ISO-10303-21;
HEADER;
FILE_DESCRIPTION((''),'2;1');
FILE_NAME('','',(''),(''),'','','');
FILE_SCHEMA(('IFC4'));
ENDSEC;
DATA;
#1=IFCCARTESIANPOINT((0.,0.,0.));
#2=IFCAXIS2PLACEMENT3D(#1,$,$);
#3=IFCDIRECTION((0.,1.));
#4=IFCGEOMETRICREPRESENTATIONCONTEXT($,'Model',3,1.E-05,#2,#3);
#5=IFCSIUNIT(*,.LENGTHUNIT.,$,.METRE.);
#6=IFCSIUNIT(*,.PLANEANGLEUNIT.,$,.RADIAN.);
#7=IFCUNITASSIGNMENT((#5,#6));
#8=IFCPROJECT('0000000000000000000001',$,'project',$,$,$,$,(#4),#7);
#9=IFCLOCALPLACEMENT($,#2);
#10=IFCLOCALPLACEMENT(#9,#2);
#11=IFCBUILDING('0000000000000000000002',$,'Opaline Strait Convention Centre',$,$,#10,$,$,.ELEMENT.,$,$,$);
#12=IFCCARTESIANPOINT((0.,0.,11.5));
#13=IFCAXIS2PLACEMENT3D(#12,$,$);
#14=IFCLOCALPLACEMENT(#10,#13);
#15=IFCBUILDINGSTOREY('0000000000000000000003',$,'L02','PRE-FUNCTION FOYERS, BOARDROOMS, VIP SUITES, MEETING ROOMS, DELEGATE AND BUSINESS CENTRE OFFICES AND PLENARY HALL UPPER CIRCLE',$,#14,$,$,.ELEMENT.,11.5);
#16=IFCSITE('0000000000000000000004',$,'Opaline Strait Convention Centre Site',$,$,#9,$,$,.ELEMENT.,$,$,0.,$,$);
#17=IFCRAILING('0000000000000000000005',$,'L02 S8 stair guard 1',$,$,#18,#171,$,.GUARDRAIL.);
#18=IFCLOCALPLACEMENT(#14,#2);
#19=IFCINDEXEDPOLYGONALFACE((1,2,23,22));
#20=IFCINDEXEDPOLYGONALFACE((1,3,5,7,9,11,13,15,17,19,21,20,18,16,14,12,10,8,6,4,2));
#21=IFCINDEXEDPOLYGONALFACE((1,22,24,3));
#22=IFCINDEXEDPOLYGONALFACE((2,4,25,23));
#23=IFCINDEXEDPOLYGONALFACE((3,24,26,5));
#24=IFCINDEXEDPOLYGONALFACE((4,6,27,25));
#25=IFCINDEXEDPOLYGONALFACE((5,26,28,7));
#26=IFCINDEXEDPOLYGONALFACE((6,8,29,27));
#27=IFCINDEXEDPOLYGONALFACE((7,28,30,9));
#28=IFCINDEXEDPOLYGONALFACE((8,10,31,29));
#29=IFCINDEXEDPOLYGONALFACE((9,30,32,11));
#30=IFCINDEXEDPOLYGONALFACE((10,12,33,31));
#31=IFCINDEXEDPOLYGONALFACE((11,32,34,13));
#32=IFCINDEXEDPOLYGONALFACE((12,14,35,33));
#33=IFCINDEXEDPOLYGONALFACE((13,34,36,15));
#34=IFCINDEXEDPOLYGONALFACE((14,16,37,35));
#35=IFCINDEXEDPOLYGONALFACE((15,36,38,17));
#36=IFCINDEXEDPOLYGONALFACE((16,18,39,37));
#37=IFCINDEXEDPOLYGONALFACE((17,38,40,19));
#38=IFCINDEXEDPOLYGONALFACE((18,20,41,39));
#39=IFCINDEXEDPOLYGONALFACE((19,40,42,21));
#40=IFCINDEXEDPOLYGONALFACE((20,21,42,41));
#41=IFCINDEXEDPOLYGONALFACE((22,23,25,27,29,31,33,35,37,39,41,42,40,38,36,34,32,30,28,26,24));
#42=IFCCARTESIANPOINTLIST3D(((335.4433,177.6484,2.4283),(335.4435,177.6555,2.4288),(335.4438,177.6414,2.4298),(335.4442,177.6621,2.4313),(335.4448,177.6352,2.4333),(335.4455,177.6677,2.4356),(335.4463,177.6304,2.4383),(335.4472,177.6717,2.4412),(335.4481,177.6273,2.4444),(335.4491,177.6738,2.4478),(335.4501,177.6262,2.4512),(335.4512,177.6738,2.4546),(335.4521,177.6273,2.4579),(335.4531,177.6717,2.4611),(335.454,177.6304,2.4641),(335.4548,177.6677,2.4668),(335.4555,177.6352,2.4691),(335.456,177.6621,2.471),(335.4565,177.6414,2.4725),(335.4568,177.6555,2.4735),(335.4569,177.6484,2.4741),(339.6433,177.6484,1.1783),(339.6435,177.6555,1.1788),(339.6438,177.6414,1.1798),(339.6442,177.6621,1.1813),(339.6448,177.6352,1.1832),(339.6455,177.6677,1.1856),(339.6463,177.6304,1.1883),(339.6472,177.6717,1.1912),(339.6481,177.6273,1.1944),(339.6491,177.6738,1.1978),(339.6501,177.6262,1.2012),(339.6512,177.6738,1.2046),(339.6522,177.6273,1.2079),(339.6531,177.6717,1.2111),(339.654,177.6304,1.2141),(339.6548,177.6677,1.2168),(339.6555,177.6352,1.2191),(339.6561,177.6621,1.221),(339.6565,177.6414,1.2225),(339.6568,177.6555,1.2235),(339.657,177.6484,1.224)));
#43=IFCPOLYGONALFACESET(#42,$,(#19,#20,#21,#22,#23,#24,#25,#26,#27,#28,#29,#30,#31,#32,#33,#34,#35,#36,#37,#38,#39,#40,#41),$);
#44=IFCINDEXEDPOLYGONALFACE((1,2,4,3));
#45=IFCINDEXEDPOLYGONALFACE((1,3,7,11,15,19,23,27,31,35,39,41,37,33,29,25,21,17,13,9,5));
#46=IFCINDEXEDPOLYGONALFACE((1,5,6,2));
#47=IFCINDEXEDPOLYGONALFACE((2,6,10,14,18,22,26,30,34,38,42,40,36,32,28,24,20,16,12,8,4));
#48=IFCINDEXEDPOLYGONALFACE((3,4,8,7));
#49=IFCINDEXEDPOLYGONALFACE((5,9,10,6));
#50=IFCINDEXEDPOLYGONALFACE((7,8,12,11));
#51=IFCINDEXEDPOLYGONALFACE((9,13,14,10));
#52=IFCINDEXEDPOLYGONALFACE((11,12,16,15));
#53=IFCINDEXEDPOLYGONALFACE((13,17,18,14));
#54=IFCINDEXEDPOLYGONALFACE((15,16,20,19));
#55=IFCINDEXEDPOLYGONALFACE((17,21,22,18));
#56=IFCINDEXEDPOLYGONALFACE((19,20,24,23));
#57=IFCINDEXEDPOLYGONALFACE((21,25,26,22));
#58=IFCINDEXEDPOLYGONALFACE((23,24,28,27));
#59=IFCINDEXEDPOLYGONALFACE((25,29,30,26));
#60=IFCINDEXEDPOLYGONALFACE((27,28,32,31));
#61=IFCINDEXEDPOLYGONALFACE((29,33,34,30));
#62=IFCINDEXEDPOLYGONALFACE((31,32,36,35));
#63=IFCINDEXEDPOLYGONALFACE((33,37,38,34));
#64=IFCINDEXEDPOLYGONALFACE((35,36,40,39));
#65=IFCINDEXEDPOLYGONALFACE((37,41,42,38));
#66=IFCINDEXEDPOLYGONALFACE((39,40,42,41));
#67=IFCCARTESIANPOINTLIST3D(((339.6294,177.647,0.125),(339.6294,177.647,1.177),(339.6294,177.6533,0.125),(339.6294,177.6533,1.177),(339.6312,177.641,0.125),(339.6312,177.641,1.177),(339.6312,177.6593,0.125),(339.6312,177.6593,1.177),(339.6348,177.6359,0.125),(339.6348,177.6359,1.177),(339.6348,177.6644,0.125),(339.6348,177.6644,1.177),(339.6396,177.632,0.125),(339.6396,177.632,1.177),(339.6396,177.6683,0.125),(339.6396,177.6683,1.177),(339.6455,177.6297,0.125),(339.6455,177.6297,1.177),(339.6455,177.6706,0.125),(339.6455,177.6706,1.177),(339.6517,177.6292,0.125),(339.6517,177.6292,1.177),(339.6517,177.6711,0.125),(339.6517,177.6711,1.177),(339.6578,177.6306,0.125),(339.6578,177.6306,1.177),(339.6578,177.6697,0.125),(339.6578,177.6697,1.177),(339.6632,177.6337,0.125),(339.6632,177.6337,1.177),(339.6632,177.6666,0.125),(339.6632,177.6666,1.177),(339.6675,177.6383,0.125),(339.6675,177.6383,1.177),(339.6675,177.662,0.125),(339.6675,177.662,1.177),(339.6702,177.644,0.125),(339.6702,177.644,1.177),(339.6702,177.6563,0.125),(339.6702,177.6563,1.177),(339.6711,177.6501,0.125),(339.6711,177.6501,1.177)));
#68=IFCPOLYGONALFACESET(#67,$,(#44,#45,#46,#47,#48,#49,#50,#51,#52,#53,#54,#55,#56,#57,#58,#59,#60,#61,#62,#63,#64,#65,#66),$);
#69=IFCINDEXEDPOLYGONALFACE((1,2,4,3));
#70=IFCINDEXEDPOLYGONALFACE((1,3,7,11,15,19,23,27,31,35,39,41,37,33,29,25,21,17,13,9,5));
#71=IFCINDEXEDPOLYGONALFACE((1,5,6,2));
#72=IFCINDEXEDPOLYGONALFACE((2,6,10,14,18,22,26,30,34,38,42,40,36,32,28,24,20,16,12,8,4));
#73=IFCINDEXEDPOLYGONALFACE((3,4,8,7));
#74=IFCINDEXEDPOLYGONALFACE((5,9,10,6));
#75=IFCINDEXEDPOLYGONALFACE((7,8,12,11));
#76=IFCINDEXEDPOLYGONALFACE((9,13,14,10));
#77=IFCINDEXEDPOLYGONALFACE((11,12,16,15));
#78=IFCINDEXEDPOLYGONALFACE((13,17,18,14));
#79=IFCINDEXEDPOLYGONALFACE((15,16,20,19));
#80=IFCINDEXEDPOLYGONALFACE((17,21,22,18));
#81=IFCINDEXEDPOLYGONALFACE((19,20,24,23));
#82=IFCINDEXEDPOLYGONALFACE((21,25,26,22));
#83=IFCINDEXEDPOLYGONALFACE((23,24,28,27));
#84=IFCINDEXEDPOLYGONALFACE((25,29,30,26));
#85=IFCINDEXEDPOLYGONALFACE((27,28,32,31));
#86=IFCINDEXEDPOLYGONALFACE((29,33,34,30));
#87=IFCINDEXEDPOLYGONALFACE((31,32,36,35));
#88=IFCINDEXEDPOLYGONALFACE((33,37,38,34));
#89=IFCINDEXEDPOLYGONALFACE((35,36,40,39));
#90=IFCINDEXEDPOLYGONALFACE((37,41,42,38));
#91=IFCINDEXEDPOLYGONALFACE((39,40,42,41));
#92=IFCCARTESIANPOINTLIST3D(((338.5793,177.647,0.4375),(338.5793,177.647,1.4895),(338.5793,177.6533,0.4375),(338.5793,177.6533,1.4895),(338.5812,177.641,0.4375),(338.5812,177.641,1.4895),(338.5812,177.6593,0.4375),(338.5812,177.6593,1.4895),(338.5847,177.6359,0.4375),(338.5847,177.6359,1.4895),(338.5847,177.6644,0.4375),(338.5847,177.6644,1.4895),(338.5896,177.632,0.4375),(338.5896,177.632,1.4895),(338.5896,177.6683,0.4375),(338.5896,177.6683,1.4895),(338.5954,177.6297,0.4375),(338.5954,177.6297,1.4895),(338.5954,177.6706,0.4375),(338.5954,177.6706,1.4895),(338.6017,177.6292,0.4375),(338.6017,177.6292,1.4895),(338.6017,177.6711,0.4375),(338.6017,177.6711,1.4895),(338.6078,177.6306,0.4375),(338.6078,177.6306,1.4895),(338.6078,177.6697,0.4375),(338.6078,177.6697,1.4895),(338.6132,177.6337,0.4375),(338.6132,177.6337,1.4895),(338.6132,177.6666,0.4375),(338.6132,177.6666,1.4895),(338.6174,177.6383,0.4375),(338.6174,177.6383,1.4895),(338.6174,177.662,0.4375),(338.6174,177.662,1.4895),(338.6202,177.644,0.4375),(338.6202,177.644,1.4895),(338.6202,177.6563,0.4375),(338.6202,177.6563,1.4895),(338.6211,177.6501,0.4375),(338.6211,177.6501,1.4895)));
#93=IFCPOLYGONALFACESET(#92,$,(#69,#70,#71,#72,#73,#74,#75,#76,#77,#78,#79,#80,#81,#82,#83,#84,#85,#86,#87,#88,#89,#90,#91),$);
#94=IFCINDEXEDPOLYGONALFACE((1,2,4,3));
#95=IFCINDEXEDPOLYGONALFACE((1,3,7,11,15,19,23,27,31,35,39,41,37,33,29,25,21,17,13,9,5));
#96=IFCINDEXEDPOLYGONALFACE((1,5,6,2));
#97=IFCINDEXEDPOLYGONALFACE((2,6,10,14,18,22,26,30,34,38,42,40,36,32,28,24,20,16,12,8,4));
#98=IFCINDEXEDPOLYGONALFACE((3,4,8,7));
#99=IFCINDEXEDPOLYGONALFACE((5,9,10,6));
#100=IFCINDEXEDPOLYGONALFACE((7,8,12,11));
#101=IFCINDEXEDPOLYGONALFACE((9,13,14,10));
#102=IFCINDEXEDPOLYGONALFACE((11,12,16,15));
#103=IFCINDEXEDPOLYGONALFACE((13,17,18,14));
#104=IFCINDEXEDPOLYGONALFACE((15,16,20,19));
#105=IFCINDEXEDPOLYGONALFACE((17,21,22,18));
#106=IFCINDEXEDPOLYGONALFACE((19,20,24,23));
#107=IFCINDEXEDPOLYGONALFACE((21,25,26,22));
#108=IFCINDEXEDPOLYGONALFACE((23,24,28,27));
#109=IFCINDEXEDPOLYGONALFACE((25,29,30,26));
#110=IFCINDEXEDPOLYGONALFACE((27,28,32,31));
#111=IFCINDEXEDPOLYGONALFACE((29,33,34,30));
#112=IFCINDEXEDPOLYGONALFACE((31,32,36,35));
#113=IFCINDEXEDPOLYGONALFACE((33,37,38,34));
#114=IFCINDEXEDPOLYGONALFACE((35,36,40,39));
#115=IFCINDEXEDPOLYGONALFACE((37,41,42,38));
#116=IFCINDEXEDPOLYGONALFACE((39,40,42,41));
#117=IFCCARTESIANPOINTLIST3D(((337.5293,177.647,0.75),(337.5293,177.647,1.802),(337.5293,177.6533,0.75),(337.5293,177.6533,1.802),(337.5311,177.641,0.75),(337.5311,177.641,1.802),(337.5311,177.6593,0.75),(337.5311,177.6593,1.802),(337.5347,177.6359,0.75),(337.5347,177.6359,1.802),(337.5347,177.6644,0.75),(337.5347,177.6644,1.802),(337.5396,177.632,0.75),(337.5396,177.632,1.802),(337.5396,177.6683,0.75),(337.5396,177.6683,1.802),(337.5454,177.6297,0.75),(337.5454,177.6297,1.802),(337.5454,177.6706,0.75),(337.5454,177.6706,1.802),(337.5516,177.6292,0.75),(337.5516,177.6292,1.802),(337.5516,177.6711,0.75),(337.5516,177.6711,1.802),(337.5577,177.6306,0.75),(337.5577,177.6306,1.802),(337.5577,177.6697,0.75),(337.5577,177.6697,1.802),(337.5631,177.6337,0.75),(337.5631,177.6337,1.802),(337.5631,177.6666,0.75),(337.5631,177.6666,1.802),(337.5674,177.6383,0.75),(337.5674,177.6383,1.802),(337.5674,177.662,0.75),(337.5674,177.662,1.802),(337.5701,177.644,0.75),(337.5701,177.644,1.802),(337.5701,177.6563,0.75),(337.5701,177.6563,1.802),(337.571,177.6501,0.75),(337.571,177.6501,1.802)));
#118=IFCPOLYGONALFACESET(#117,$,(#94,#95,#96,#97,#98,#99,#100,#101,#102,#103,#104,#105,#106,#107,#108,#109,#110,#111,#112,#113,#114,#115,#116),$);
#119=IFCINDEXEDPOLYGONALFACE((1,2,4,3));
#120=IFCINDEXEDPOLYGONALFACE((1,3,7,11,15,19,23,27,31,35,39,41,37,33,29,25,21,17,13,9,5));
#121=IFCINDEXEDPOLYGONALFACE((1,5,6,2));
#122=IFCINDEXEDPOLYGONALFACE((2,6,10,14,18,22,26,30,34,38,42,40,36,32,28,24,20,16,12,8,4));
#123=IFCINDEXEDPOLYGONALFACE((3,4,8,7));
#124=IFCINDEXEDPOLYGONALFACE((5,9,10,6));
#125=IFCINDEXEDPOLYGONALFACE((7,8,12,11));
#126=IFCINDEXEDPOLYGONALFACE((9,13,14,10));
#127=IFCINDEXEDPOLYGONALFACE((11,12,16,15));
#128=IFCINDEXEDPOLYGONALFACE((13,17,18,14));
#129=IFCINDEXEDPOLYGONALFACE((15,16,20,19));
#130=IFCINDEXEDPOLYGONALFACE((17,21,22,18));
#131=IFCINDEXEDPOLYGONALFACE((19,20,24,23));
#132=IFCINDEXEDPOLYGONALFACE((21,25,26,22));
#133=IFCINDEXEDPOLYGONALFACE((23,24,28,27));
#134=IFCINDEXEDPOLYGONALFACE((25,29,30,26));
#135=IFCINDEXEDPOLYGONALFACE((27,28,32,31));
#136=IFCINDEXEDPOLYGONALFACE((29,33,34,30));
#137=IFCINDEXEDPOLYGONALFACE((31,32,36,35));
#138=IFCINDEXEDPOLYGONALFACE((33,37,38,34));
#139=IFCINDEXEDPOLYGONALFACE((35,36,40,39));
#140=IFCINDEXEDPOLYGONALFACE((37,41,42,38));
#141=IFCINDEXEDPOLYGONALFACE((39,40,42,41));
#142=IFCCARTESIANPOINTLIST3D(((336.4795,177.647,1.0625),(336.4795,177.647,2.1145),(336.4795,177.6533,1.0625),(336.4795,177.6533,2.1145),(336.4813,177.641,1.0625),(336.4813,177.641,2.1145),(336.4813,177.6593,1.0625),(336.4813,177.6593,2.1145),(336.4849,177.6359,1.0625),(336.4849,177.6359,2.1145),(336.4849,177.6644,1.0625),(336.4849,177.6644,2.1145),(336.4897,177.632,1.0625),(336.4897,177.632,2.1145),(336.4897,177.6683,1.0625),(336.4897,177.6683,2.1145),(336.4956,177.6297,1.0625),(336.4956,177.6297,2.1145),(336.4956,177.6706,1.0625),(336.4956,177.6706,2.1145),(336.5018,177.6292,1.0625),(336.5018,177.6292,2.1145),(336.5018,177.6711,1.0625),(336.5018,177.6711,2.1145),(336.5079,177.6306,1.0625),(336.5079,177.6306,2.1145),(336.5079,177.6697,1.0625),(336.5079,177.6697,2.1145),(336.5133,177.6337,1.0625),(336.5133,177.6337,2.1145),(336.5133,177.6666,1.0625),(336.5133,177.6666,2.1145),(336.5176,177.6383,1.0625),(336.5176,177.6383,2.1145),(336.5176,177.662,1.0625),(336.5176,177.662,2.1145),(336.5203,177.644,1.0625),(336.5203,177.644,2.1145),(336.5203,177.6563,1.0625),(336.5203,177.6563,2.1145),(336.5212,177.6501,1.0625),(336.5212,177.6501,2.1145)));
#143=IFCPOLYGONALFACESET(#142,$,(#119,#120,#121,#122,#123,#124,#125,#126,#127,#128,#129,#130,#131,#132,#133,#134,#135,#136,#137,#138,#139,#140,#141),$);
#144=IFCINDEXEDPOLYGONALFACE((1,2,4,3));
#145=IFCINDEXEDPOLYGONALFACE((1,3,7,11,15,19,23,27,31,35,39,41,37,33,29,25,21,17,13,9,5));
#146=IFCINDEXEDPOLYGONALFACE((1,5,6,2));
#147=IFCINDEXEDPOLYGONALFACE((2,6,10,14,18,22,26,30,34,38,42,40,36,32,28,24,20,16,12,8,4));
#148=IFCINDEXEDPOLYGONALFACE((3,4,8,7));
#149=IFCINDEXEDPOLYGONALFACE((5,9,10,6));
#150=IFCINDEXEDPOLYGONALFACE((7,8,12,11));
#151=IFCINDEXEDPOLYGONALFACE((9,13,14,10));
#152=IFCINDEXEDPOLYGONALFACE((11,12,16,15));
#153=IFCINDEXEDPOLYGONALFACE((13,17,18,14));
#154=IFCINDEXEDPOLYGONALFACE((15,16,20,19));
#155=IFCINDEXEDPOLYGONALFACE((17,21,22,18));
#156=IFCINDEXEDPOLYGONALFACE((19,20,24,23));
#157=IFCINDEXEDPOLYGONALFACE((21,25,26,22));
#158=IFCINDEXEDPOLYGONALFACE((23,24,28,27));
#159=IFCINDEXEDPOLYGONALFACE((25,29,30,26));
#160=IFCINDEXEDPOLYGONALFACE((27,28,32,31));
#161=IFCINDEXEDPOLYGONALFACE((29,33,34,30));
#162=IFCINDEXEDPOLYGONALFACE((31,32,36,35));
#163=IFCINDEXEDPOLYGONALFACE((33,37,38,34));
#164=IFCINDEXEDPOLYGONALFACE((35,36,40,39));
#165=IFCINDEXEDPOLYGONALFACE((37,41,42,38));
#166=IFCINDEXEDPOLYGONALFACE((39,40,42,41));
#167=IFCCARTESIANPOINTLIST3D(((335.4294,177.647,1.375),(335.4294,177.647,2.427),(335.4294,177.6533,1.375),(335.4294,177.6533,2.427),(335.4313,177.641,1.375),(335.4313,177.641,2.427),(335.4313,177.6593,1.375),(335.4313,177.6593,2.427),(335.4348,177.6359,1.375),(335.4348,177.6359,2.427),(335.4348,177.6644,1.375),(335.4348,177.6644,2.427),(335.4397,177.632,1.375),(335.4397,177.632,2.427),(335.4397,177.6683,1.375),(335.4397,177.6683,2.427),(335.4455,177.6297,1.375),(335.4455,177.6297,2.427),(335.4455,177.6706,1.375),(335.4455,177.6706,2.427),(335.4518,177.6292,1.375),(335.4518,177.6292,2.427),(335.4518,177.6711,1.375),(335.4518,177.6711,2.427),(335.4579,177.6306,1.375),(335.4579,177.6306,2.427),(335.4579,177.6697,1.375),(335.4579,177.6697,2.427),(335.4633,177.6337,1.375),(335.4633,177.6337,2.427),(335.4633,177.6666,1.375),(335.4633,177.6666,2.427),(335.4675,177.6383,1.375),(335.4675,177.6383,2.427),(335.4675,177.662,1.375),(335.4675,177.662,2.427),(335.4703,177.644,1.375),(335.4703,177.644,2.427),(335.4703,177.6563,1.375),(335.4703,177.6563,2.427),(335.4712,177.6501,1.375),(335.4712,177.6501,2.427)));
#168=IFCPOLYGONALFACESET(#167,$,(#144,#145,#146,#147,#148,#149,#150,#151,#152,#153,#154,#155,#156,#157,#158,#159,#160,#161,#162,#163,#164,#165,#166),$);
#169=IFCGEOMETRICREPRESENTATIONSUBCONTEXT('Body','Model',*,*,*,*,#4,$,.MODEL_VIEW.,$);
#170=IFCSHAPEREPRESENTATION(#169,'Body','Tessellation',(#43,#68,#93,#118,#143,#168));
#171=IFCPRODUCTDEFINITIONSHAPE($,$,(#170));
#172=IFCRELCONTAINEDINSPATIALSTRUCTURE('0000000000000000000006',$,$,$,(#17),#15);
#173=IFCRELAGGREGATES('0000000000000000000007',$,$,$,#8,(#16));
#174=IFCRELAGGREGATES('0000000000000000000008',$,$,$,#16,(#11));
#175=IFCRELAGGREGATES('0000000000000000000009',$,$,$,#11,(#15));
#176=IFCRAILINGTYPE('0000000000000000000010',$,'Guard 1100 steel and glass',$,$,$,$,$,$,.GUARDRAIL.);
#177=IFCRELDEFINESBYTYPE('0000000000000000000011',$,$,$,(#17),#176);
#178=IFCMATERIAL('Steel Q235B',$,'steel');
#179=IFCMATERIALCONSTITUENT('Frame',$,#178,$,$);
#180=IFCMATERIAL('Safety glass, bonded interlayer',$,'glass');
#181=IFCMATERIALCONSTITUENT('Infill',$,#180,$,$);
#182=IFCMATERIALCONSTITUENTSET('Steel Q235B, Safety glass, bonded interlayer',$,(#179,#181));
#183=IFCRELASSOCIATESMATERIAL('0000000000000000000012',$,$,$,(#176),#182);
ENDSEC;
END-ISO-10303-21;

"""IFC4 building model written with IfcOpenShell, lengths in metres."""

from ifc_helpers import new_model, si_unit, direction, frame, origin, origin_2d, place, context, subcontext, project, spatial, circle, extrude, material, constituent, constituent_set, type_object, element, save


model = new_model("IFC4")

# Units and contexts
model_context = context("Model", 3, precision=1e-05, world=origin(), true_north=direction((0.0, 1.0)))
body_context = subcontext(model_context, "Body", "Model", "MODEL_VIEW")
ifc_project = project(units=[si_unit("LENGTHUNIT", "METRE"), si_unit("PLANEANGLEUNIT", "RADIAN")], contexts=[model_context])

# Site, building, storey
site_placement = place(None, origin())
site = spatial("IfcSite", under=ifc_project, at=site_placement, Name="Opaline Strait Convention Centre Site", CompositionType="ELEMENT", RefElevation=0.0)
building_placement = place(site_placement, origin())
building = spatial("IfcBuilding", under=site, at=building_placement, Name="Opaline Strait Convention Centre", CompositionType="ELEMENT")
storey_placement = place(building_placement, frame((0.0, 0.0, 11.5)))
storey = spatial("IfcBuildingStorey", under=building, at=storey_placement, Name="L02", Description="PRE-FUNCTION FOYERS, BOARDROOMS, VIP SUITES, MEETING ROOMS, DELEGATE AND BUSINESS CENTRE OFFICES AND PLENARY HALL UPPER CIRCLE", CompositionType="ELEMENT", Elevation=11.5)

# Railing
ifc_material_1 = material(Name="Steel Q235B", Category="steel")
ifc_constituent_1 = constituent(ifc_material_1, Name="Frame")
ifc_material_2 = material(Name="Safety glass, bonded interlayer", Category="glass")
ifc_constituent_2 = constituent(ifc_material_2, Name="Infill")
ifc_constituent_set = constituent_set(constituents=[ifc_constituent_1, ifc_constituent_2], Name="Steel Q235B, Safety glass, bonded interlayer")
railing_type = type_object("IfcRailingType", Name="Guard 1100 steel and glass", PredefinedType="GUARDRAIL", material=ifc_constituent_set)
railing_1_placement = place(storey_placement, frame((339.6501, 177.6501, 0.125)))
element("IfcRailing", 1, at=railing_1_placement, inside=storey, type_object=railing_type, Name="L02 S8 stair guard 1", PredefinedType="GUARDRAIL", context=body_context, shape_type="SweptSolid", body=[
    extrude(circle(Radius=0.0239, at=origin_2d()), frame((0.0, 0.0, 1.0762), z_axis=(-0.958451, 0.0, 0.285257), x_axis=(0.0, -1.0, 0.0)), (0.0, 0.0, 1.0), 4.3821),
    extrude(circle(Radius=0.021, at=origin_2d()), origin(), (0.0, 0.0, 1.0), 1.052),
    extrude(circle(Radius=0.021, at=origin_2d()), frame((-1.05, 0.0, 0.3125)), (0.0, 0.0, 1.0), 1.052),
    extrude(circle(Radius=0.021, at=origin_2d()), frame((-2.1001, 0.0, 0.625)), (0.0, 0.0, 1.0), 1.052),
    extrude(circle(Radius=0.021, at=origin_2d()), frame((-3.1499, 0.0, 0.9375)), (0.0, 0.0, 1.0), 1.052),
    extrude(circle(Radius=0.021, at=origin_2d()), frame((-4.2, 0.0, 1.25)), (0.0, 0.0, 1.0), 1.052),
])

save(model, "model.ifc")
